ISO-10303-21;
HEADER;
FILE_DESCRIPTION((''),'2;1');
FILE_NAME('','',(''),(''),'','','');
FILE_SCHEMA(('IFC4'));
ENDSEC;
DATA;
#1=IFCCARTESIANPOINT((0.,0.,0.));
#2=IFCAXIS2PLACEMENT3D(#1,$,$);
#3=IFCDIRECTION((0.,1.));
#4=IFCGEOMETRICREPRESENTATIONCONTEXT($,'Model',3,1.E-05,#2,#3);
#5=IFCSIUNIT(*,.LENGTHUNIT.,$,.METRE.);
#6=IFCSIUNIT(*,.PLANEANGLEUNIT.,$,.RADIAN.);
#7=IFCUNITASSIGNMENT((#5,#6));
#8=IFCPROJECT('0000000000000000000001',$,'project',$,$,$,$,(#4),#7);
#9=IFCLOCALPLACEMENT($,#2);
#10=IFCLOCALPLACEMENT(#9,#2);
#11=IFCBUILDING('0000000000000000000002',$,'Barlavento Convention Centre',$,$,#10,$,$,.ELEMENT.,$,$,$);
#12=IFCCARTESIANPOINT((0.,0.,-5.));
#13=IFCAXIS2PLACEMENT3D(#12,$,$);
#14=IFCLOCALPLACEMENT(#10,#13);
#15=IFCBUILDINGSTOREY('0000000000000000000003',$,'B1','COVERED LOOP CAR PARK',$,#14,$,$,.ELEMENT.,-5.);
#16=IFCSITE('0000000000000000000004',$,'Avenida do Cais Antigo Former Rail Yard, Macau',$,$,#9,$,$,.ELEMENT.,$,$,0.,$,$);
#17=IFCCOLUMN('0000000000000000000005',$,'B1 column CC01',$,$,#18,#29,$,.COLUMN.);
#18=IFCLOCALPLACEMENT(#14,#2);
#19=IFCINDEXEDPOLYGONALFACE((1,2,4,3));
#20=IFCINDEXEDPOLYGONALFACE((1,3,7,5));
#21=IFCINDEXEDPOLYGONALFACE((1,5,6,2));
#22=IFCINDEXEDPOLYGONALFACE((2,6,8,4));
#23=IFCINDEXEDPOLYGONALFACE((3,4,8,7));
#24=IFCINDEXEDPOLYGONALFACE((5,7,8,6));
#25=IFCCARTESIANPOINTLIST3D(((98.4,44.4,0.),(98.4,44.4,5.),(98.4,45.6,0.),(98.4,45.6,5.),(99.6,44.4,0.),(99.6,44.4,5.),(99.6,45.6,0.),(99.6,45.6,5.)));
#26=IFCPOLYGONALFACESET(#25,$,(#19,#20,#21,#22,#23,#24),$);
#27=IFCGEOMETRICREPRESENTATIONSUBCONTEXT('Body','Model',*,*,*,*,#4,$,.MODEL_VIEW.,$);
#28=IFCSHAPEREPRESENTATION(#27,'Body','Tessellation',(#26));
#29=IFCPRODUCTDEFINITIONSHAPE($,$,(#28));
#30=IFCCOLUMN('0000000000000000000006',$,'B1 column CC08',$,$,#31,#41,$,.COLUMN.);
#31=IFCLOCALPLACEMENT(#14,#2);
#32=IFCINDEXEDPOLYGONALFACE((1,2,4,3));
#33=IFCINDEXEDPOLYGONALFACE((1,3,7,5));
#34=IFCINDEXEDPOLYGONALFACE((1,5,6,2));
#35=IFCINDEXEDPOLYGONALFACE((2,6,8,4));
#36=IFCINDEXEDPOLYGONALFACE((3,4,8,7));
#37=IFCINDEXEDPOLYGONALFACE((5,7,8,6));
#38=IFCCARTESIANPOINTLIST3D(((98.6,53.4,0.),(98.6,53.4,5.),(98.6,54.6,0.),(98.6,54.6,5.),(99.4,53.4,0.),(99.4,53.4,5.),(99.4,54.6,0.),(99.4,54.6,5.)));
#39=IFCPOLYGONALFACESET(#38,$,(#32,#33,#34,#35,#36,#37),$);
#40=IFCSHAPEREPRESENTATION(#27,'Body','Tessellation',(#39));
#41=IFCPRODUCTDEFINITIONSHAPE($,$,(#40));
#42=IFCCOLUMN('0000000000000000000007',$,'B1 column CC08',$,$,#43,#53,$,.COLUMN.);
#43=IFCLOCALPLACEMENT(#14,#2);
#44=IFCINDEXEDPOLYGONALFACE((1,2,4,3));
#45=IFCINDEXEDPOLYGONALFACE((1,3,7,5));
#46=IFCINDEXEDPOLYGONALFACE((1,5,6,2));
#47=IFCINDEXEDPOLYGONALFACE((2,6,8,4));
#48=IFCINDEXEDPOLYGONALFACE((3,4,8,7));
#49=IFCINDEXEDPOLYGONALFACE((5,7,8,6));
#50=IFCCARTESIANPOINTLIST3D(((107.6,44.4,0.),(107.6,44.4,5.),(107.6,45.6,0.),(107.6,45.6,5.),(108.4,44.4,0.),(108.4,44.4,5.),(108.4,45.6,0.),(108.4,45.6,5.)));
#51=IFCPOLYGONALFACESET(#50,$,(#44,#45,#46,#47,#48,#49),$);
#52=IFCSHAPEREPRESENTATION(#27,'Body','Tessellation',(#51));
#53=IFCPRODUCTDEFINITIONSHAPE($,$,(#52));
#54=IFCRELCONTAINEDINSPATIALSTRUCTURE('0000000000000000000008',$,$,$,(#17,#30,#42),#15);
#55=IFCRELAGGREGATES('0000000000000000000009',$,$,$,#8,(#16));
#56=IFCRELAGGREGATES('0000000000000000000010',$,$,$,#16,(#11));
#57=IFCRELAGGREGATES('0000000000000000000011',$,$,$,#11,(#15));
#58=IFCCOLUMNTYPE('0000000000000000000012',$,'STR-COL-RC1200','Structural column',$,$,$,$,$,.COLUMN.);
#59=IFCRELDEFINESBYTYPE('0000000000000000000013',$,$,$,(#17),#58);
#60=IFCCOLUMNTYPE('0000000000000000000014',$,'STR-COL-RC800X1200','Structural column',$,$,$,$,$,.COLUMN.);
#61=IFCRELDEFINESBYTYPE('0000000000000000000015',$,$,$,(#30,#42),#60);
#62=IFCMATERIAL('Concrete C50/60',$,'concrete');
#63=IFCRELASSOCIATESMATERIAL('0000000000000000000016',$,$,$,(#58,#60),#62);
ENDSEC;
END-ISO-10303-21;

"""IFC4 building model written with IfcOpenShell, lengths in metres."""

from ifc_helpers import new_model, si_unit, direction, frame, origin, origin_2d, place, context, subcontext, project, spatial, rectangle, extrude, material, material_profile, profile_set, type_object, element, save


model = new_model("IFC4")

# Units and contexts
model_context = context("Model", 3, precision=1e-05, world=origin(), true_north=direction((0.0, 1.0)))
body_context = subcontext(model_context, "Body", "Model", "MODEL_VIEW")
ifc_project = project(units=[si_unit("LENGTHUNIT", "METRE"), si_unit("PLANEANGLEUNIT", "RADIAN")], contexts=[model_context])

# Site, building, storey
site_placement = place(None, origin())
site = spatial("IfcSite", under=ifc_project, at=site_placement, Name="Avenida do Cais Antigo Former Rail Yard, Macau", CompositionType="ELEMENT", RefElevation=0.0)
building_placement = place(site_placement, origin())
building = spatial("IfcBuilding", under=site, at=building_placement, Name="Barlavento Convention Centre", CompositionType="ELEMENT")
storey_placement = place(building_placement, frame((0.0, 0.0, -5.0)))
storey = spatial("IfcBuildingStorey", under=building, at=storey_placement, Name="B1", Description="COVERED LOOP CAR PARK", CompositionType="ELEMENT", Elevation=-5.0)

# Columns
ifc_material_1 = material(Name="Concrete C50/60", Category="concrete")
ifc_material_profile_1 = material_profile(ifc_material_1, rectangle(XDim=1.2, YDim=1.2, at=origin_2d()), Name="RC 1200x1200")
ifc_profile_set_1 = profile_set([ifc_material_profile_1], Name="Concrete C50/60")
column_type_1 = type_object("IfcColumnType", Name="STR-COL-RC1200", Description="Structural column", PredefinedType="COLUMN", material=ifc_profile_set_1)
column_1_placement = place(storey_placement, frame((99.0, 45.0, 0.0), z_axis=(0.0, 0.0, 1.0), x_axis=(1.0, 0.0, 0.0)))
element("IfcColumn", 1, at=column_1_placement, inside=storey, type_object=column_type_1, Name="B1 column CC01", PredefinedType="COLUMN", context=body_context, shape_type="SweptSolid", body=[
    extrude(rectangle(XDim=1.2, YDim=1.2, at=origin_2d()), origin(), (0.0, 0.0, 1.0), 5.0),
])
ifc_material_profile_2 = material_profile(ifc_material_1, rectangle(XDim=0.8, YDim=1.2, at=origin_2d()), Name="RC 800x1200")
ifc_profile_set_2 = profile_set([ifc_material_profile_2], Name="Concrete C50/60")
column_type_2 = type_object("IfcColumnType", Name="STR-COL-RC800X1200", Description="Structural column", PredefinedType="COLUMN", material=ifc_profile_set_2)
for number, where, z_axis, x_axis, name in (
    (2, (99.0, 54.0, 0.0), (0.0, 0.0, 1.0), (1.0, 0.0, 0.0), "B1 column CC08"),
    (3, (108.0, 45.0, 0.0), (0.0, 0.0, 1.0), (1.0, 0.0, 0.0), "B1 column CC08"),
):
    element("IfcColumn", number, at=place(storey_placement, frame(where, z_axis=z_axis, x_axis=x_axis)), inside=storey, type_object=column_type_2, Name=name, PredefinedType="COLUMN", context=body_context, shape_type="SweptSolid", body=[
        extrude(rectangle(XDim=0.8, YDim=1.2, at=origin_2d()), origin(), (0.0, 0.0, 1.0), 5.0),
    ])

save(model, "model.ifc")
